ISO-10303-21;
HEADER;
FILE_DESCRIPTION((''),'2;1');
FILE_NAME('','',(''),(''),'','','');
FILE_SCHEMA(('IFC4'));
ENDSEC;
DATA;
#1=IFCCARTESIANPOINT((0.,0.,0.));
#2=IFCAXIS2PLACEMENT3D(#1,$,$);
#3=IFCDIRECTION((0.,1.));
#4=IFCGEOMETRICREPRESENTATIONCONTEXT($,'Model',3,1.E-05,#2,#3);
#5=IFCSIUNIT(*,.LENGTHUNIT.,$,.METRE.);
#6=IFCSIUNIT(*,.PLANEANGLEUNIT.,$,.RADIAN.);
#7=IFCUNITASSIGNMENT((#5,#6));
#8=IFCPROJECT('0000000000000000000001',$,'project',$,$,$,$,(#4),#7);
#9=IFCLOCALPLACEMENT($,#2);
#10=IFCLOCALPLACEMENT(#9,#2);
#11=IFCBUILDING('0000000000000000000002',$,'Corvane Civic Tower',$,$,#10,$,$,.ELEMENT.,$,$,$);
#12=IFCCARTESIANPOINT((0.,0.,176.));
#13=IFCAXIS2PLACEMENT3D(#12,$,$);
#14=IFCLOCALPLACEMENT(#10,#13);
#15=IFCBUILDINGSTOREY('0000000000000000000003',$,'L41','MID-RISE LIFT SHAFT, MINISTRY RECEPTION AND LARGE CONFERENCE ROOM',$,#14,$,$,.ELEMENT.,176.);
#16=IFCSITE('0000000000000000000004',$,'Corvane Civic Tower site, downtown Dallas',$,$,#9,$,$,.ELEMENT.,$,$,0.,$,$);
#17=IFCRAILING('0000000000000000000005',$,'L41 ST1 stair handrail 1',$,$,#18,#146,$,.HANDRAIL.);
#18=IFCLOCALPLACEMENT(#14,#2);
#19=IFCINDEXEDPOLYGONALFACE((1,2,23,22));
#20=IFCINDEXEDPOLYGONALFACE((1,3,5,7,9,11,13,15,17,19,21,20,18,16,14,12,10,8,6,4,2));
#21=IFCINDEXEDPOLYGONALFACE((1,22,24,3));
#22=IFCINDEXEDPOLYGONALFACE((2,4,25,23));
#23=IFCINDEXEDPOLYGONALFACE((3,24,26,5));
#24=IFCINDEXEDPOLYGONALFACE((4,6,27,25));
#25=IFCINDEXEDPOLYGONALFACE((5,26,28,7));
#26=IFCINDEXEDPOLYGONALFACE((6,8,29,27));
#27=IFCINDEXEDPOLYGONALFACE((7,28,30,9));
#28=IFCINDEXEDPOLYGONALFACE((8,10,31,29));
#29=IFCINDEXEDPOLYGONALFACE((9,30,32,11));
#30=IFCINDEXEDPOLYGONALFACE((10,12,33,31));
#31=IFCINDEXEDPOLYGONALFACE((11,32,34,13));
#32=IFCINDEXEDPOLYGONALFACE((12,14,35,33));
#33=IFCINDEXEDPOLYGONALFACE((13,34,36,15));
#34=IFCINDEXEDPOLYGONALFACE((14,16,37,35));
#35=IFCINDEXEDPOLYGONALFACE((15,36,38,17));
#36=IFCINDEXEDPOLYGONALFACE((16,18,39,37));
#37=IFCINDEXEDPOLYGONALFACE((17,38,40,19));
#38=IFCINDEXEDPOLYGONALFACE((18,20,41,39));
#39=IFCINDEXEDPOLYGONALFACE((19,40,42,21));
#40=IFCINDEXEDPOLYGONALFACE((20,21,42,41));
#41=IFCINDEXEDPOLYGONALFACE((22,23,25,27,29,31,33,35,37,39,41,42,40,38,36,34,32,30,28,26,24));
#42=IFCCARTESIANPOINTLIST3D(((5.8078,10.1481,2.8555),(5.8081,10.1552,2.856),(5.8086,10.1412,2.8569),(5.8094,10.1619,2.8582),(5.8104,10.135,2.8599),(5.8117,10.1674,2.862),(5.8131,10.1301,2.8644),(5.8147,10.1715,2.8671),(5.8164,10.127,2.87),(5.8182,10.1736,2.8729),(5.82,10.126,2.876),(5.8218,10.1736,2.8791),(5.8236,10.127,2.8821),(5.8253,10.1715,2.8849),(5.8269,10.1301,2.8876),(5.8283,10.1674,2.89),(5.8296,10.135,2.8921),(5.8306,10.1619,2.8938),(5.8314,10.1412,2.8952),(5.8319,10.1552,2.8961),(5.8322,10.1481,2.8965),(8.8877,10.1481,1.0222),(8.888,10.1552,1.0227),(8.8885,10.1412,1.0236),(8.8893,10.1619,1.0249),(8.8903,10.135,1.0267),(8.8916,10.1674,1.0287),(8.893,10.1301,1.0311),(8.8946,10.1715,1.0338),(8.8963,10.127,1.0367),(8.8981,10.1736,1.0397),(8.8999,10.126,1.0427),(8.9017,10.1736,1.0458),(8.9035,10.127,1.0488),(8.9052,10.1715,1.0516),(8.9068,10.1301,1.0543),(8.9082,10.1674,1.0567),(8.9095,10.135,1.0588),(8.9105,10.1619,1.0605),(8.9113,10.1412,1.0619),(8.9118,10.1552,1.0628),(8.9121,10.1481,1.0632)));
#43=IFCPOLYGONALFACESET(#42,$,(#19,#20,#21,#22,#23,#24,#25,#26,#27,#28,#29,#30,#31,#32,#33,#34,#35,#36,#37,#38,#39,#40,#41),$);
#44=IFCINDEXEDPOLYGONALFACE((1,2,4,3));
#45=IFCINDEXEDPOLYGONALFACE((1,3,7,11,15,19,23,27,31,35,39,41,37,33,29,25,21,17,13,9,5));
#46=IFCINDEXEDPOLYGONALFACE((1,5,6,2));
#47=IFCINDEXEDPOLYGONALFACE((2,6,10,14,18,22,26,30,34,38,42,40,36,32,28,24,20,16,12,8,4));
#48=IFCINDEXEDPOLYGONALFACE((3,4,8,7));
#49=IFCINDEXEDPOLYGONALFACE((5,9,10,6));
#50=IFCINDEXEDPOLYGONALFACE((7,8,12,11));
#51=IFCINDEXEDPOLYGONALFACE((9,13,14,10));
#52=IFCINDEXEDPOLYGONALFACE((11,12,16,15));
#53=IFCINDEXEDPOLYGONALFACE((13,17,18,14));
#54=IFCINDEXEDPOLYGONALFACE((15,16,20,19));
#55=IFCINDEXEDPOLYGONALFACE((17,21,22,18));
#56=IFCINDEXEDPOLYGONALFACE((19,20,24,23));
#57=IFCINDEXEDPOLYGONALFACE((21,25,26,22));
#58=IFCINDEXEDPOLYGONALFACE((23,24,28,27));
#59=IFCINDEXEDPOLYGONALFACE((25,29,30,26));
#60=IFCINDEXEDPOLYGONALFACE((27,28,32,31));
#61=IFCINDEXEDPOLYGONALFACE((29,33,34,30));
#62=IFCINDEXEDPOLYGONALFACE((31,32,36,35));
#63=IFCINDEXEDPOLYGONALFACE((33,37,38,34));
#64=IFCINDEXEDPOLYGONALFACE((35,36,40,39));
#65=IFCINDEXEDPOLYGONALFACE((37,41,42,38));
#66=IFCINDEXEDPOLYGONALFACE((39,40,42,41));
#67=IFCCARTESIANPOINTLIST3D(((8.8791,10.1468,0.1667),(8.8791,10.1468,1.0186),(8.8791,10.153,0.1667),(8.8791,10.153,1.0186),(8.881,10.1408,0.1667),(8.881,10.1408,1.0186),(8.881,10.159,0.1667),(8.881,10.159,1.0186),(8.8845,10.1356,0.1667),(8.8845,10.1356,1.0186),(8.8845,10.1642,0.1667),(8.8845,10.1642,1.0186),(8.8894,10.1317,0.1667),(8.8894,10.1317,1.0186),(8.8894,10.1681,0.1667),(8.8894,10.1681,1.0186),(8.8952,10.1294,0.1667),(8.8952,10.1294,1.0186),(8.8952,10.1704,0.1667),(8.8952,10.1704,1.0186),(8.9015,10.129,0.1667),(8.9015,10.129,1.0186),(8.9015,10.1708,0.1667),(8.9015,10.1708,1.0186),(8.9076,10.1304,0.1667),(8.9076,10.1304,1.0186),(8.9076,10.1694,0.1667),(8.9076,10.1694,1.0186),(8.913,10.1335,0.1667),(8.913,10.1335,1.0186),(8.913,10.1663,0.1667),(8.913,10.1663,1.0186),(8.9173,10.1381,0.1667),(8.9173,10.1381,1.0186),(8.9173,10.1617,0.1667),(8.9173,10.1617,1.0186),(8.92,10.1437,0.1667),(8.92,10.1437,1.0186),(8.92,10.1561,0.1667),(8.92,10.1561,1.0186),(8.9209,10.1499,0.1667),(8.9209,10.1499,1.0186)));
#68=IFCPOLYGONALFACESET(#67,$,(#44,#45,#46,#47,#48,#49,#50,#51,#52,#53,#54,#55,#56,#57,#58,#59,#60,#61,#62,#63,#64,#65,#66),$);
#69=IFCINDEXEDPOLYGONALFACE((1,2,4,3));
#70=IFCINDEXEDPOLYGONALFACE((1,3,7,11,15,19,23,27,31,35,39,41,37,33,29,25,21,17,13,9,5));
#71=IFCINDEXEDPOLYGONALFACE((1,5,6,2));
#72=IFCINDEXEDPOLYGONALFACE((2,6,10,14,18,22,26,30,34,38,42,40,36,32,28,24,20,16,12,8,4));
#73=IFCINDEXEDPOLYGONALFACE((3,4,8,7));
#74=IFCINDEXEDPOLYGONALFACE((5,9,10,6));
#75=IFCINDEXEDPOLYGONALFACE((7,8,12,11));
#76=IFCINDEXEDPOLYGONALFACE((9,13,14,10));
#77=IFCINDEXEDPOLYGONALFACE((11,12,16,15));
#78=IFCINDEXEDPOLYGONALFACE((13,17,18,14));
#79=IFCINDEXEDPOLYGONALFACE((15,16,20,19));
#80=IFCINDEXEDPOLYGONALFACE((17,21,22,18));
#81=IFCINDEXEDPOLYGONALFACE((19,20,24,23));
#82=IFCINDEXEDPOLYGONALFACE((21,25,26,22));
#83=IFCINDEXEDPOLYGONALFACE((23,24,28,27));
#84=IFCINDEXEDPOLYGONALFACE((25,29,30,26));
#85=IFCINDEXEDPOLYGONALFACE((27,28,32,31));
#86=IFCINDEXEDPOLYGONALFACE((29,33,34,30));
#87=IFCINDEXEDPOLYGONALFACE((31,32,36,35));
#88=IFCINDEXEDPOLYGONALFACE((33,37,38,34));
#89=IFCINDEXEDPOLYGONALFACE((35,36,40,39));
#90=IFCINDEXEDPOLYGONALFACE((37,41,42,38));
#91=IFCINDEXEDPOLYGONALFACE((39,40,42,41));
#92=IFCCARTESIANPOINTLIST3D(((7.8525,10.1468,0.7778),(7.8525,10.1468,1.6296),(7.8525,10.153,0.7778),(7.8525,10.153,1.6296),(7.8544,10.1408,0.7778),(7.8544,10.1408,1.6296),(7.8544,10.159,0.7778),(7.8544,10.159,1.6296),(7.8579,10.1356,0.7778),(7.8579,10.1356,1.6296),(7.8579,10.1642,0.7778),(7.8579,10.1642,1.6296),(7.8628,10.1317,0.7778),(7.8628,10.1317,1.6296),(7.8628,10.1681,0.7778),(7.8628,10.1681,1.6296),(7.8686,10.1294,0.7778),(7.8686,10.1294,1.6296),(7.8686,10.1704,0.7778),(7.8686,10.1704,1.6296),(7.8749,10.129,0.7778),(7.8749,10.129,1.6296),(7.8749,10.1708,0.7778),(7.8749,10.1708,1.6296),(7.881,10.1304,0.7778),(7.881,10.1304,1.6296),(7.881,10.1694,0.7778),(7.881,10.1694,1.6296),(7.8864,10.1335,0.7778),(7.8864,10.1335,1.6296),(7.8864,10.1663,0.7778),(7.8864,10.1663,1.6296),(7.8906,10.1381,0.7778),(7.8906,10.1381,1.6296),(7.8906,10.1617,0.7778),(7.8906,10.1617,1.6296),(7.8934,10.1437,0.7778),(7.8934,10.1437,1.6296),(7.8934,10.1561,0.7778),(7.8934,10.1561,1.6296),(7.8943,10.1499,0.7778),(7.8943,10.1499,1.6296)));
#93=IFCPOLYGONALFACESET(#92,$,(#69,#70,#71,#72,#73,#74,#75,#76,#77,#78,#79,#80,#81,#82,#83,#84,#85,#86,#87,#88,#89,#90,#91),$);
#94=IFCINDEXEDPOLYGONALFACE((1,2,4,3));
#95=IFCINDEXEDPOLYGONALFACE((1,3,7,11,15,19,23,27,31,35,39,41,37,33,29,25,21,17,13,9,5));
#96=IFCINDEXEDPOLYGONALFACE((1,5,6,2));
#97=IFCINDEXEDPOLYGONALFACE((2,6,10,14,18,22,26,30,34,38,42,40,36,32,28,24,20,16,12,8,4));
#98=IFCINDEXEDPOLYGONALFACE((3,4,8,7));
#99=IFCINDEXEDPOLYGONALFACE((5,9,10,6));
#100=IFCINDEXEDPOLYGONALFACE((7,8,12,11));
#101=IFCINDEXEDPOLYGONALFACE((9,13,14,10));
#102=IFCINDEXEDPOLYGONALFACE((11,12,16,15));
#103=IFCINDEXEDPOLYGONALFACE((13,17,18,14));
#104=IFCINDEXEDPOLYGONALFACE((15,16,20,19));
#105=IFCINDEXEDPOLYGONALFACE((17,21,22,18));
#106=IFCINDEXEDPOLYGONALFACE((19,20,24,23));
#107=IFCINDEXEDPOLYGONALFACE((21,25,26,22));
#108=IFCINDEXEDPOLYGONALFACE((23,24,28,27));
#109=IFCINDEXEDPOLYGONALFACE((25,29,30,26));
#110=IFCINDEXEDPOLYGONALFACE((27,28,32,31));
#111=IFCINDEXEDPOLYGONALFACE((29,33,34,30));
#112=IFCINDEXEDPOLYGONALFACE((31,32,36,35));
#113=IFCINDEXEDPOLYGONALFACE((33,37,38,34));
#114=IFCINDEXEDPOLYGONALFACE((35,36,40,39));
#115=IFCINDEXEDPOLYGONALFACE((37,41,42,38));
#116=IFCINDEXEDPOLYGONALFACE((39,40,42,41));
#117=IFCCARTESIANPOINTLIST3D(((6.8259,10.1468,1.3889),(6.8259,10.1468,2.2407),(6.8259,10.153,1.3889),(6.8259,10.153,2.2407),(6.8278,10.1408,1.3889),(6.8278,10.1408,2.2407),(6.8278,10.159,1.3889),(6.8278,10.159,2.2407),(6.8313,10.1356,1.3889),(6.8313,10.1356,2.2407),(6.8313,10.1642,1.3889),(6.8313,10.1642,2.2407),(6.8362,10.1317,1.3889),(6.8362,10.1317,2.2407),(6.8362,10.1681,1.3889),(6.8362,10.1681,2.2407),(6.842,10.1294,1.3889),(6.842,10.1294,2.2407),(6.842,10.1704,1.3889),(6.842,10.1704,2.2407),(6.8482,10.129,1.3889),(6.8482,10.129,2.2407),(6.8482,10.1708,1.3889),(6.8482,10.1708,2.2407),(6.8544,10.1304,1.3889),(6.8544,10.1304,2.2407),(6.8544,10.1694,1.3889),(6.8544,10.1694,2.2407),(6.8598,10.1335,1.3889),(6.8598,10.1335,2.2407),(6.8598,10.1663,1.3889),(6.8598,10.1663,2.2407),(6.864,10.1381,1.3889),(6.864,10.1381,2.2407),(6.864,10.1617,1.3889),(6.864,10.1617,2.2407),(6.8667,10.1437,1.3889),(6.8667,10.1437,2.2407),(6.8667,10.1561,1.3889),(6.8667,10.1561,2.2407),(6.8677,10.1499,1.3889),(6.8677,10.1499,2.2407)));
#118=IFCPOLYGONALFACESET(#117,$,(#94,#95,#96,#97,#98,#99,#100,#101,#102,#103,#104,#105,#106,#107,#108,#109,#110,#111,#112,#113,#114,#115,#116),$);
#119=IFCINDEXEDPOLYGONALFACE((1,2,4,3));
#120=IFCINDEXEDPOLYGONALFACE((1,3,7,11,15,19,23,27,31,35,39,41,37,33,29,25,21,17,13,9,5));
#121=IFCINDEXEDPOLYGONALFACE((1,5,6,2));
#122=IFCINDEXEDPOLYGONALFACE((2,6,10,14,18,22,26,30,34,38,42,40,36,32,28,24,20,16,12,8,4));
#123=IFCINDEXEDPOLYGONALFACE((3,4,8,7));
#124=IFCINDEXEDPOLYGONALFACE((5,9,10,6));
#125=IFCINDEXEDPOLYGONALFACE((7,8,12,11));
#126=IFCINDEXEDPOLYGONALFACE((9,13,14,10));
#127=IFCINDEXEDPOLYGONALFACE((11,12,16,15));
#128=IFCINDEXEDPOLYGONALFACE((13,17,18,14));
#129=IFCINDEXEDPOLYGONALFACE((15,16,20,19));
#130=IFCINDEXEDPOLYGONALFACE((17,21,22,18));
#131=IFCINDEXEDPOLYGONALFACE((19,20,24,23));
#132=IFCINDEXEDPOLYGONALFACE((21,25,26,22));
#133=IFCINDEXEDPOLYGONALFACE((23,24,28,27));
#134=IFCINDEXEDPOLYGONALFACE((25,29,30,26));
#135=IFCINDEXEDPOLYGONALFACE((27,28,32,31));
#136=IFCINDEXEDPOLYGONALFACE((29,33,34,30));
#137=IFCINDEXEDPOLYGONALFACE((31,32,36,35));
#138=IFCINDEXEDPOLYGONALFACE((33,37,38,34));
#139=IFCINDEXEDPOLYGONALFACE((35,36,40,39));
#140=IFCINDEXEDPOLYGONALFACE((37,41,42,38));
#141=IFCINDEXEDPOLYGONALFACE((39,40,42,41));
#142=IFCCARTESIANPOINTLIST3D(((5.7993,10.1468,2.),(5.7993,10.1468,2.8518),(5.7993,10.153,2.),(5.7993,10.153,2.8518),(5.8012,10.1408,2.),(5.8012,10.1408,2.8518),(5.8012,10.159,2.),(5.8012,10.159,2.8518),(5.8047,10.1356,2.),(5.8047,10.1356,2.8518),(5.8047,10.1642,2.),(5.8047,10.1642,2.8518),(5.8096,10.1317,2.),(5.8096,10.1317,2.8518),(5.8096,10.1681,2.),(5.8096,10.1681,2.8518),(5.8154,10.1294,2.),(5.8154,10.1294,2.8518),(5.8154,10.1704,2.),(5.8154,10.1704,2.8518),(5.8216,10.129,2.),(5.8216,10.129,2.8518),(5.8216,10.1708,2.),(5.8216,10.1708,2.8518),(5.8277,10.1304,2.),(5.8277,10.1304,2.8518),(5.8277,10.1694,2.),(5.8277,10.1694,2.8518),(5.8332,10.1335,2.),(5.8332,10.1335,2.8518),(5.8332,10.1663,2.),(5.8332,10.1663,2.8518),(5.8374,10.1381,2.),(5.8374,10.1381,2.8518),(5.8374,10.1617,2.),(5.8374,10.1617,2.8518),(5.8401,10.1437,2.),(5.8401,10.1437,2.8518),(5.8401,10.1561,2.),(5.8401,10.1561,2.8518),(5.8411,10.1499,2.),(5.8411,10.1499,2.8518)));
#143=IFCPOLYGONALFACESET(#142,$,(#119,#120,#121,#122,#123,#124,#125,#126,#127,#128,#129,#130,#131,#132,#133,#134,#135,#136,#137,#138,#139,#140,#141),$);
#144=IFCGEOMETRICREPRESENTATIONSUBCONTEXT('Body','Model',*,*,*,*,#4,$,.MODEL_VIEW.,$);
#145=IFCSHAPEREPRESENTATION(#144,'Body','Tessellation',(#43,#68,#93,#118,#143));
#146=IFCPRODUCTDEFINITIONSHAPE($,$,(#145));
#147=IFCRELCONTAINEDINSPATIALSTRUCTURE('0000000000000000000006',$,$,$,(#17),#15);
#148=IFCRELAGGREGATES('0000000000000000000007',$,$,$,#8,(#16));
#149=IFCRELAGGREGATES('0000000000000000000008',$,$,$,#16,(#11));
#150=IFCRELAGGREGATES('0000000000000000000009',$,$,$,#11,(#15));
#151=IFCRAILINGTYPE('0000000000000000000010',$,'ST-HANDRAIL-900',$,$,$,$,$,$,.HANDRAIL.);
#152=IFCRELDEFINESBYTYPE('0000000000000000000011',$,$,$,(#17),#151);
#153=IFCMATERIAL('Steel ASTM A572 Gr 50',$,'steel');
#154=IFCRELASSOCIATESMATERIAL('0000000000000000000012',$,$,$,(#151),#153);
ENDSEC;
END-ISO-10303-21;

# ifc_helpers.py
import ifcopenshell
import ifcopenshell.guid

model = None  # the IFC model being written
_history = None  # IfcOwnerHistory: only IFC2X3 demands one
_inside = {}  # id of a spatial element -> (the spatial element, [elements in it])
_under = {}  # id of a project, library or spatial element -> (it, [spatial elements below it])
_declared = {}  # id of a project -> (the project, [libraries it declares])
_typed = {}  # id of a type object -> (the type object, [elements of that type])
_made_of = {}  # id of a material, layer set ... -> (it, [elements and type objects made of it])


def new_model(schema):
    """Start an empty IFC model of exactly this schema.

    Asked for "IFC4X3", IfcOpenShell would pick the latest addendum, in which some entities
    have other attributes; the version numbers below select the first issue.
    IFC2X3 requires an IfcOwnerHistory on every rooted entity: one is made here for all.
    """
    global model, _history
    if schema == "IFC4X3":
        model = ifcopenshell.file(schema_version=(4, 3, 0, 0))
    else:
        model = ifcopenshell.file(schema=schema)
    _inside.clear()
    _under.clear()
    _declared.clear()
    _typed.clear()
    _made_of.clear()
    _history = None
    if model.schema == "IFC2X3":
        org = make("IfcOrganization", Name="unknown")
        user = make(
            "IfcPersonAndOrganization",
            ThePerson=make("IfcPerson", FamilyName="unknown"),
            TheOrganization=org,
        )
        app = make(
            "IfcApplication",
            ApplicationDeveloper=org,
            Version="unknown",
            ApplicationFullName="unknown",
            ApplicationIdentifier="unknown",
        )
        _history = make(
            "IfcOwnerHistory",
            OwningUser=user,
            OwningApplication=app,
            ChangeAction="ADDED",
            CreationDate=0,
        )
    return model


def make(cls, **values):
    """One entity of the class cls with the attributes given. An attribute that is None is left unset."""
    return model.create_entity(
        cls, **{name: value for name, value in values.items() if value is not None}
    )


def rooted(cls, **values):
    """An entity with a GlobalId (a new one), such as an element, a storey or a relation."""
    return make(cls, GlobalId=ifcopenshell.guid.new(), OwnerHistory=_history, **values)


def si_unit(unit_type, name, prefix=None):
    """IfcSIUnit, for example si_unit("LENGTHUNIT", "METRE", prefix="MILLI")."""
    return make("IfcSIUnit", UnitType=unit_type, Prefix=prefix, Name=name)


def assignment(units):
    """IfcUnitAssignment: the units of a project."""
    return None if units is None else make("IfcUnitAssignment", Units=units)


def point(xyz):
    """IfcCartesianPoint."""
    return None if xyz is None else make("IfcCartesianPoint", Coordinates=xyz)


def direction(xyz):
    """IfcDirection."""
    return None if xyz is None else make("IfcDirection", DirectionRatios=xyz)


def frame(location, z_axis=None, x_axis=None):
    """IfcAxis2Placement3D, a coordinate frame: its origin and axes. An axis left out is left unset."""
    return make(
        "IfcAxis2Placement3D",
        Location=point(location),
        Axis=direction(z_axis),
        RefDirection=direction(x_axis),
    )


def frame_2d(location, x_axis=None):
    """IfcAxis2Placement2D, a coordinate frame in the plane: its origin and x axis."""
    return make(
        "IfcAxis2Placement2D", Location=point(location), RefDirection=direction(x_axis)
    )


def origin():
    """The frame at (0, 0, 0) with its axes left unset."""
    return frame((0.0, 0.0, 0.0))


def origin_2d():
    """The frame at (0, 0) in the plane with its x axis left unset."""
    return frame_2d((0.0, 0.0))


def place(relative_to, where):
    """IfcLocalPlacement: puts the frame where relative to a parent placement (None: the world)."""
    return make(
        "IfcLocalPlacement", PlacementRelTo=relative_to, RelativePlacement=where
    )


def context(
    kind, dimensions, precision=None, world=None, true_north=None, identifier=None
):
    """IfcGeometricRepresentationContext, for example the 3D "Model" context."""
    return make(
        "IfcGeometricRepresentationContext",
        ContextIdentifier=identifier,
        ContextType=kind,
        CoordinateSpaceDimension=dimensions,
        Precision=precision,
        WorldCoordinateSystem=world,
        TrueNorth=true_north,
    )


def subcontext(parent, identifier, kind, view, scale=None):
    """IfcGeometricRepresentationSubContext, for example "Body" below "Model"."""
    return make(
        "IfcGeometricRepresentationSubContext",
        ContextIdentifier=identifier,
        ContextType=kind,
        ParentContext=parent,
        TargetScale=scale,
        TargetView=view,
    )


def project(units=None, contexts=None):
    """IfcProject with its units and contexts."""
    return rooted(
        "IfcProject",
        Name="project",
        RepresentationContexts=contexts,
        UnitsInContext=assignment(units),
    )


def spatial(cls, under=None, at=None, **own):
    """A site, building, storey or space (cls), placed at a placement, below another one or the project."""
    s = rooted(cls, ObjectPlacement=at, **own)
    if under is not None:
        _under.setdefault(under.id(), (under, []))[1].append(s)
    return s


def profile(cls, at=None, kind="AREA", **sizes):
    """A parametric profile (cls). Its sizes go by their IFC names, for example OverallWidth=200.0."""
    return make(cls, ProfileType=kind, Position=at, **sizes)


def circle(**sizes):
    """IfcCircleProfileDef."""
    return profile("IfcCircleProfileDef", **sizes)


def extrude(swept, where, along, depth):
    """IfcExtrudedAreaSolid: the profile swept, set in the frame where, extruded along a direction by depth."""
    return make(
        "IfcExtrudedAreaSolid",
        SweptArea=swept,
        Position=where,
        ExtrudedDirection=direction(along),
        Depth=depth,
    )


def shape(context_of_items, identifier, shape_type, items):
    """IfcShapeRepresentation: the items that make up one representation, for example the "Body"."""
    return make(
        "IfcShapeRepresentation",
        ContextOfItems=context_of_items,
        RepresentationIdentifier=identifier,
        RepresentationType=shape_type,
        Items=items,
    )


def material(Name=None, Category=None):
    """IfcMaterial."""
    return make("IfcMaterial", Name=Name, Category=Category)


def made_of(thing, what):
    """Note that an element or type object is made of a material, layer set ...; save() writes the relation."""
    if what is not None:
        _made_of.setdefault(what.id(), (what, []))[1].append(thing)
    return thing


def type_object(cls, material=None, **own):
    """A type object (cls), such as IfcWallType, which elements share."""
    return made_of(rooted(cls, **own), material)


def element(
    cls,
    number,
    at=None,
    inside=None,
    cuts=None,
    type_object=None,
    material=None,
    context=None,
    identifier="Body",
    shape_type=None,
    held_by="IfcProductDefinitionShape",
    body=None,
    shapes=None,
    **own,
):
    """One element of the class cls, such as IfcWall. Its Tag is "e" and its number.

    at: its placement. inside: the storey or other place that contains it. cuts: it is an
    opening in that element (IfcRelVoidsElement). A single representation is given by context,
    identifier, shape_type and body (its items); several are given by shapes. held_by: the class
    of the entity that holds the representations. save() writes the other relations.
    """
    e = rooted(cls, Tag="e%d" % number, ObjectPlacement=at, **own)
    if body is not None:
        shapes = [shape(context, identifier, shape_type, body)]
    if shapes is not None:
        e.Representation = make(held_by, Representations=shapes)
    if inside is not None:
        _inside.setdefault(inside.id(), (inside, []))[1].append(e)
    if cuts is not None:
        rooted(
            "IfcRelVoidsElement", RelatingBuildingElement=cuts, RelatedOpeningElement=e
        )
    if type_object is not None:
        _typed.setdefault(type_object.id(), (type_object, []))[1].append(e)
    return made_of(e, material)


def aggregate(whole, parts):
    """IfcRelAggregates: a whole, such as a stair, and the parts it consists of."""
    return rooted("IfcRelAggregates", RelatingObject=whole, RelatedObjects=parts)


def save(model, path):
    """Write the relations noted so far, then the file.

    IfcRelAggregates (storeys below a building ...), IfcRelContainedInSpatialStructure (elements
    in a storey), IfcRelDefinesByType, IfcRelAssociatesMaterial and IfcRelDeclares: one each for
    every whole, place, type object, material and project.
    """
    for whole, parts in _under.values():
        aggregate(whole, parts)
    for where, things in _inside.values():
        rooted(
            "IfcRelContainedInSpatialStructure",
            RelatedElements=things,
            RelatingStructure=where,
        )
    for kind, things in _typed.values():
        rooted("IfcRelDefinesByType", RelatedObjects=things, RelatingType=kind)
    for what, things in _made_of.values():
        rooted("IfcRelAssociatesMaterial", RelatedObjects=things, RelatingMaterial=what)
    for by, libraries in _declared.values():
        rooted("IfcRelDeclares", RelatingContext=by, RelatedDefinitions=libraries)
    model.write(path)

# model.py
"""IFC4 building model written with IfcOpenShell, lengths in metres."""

from ifc_helpers import new_model, si_unit, direction, frame, origin, origin_2d, place, context, subcontext, project, spatial, circle, extrude, material, type_object, element, save


model = new_model("IFC4")

# Units and contexts
model_context = context("Model", 3, precision=1e-05, world=origin(), true_north=direction((0.0, 1.0)))
body_context = subcontext(model_context, "Body", "Model", "MODEL_VIEW")
ifc_project = project(units=[si_unit("LENGTHUNIT", "METRE"), si_unit("PLANEANGLEUNIT", "RADIAN")], contexts=[model_context])

# Site, building, storey
site_placement = place(None, origin())
site = spatial("IfcSite", under=ifc_project, at=site_placement, Name="Corvane Civic Tower site, downtown Dallas", CompositionType="ELEMENT", RefElevation=0.0)
building_placement = place(site_placement, origin())
building = spatial("IfcBuilding", under=site, at=building_placement, Name="Corvane Civic Tower", CompositionType="ELEMENT")
storey_placement = place(building_placement, frame((0.0, 0.0, 176.0)))
storey = spatial("IfcBuildingStorey", under=building, at=storey_placement, Name="L41", Description="MID-RISE LIFT SHAFT, MINISTRY RECEPTION AND LARGE CONFERENCE ROOM", CompositionType="ELEMENT", Elevation=176.0)

# Railing
ifc_material_1 = material(Name="Steel ASTM A572 Gr 50", Category="steel")
railing_type_1 = type_object("IfcRailingType", Name="ST-HANDRAIL-900", PredefinedType="HANDRAIL", material=ifc_material_1)
railing_1_placement = place(storey_placement, frame((8.8999, 10.1499, 0.1667)))
element("IfcRailing", 1, at=railing_1_placement, inside=storey, type_object=railing_type_1, Name="L41 ST1 stair handrail 1", PredefinedType="HANDRAIL", context=body_context, shape_type="SweptSolid", body=[
    extrude(circle(Radius=0.0239, at=origin_2d()), frame((0.0, 0.0, 0.876), z_axis=(-0.859291, 0.0, 0.511487), x_axis=(0.0, -1.0, 0.0)), (0.0, 0.0, 1.0), 3.5842),
    extrude(circle(Radius=0.021, at=origin_2d()), origin(), (0.0, 0.0, 1.0), 0.8518),
    extrude(circle(Radius=0.021, at=origin_2d()), frame((-1.0266, 0.0, 0.6111)), (0.0, 0.0, 1.0), 0.8518),
    extrude(circle(Radius=0.021, at=origin_2d()), frame((-2.0532, 0.0, 1.2222)), (0.0, 0.0, 1.0), 0.8518),
    extrude(circle(Radius=0.021, at=origin_2d()), frame((-3.0798, 0.0, 1.8333)), (0.0, 0.0, 1.0), 0.8518),
])

save(model, "model.ifc")
